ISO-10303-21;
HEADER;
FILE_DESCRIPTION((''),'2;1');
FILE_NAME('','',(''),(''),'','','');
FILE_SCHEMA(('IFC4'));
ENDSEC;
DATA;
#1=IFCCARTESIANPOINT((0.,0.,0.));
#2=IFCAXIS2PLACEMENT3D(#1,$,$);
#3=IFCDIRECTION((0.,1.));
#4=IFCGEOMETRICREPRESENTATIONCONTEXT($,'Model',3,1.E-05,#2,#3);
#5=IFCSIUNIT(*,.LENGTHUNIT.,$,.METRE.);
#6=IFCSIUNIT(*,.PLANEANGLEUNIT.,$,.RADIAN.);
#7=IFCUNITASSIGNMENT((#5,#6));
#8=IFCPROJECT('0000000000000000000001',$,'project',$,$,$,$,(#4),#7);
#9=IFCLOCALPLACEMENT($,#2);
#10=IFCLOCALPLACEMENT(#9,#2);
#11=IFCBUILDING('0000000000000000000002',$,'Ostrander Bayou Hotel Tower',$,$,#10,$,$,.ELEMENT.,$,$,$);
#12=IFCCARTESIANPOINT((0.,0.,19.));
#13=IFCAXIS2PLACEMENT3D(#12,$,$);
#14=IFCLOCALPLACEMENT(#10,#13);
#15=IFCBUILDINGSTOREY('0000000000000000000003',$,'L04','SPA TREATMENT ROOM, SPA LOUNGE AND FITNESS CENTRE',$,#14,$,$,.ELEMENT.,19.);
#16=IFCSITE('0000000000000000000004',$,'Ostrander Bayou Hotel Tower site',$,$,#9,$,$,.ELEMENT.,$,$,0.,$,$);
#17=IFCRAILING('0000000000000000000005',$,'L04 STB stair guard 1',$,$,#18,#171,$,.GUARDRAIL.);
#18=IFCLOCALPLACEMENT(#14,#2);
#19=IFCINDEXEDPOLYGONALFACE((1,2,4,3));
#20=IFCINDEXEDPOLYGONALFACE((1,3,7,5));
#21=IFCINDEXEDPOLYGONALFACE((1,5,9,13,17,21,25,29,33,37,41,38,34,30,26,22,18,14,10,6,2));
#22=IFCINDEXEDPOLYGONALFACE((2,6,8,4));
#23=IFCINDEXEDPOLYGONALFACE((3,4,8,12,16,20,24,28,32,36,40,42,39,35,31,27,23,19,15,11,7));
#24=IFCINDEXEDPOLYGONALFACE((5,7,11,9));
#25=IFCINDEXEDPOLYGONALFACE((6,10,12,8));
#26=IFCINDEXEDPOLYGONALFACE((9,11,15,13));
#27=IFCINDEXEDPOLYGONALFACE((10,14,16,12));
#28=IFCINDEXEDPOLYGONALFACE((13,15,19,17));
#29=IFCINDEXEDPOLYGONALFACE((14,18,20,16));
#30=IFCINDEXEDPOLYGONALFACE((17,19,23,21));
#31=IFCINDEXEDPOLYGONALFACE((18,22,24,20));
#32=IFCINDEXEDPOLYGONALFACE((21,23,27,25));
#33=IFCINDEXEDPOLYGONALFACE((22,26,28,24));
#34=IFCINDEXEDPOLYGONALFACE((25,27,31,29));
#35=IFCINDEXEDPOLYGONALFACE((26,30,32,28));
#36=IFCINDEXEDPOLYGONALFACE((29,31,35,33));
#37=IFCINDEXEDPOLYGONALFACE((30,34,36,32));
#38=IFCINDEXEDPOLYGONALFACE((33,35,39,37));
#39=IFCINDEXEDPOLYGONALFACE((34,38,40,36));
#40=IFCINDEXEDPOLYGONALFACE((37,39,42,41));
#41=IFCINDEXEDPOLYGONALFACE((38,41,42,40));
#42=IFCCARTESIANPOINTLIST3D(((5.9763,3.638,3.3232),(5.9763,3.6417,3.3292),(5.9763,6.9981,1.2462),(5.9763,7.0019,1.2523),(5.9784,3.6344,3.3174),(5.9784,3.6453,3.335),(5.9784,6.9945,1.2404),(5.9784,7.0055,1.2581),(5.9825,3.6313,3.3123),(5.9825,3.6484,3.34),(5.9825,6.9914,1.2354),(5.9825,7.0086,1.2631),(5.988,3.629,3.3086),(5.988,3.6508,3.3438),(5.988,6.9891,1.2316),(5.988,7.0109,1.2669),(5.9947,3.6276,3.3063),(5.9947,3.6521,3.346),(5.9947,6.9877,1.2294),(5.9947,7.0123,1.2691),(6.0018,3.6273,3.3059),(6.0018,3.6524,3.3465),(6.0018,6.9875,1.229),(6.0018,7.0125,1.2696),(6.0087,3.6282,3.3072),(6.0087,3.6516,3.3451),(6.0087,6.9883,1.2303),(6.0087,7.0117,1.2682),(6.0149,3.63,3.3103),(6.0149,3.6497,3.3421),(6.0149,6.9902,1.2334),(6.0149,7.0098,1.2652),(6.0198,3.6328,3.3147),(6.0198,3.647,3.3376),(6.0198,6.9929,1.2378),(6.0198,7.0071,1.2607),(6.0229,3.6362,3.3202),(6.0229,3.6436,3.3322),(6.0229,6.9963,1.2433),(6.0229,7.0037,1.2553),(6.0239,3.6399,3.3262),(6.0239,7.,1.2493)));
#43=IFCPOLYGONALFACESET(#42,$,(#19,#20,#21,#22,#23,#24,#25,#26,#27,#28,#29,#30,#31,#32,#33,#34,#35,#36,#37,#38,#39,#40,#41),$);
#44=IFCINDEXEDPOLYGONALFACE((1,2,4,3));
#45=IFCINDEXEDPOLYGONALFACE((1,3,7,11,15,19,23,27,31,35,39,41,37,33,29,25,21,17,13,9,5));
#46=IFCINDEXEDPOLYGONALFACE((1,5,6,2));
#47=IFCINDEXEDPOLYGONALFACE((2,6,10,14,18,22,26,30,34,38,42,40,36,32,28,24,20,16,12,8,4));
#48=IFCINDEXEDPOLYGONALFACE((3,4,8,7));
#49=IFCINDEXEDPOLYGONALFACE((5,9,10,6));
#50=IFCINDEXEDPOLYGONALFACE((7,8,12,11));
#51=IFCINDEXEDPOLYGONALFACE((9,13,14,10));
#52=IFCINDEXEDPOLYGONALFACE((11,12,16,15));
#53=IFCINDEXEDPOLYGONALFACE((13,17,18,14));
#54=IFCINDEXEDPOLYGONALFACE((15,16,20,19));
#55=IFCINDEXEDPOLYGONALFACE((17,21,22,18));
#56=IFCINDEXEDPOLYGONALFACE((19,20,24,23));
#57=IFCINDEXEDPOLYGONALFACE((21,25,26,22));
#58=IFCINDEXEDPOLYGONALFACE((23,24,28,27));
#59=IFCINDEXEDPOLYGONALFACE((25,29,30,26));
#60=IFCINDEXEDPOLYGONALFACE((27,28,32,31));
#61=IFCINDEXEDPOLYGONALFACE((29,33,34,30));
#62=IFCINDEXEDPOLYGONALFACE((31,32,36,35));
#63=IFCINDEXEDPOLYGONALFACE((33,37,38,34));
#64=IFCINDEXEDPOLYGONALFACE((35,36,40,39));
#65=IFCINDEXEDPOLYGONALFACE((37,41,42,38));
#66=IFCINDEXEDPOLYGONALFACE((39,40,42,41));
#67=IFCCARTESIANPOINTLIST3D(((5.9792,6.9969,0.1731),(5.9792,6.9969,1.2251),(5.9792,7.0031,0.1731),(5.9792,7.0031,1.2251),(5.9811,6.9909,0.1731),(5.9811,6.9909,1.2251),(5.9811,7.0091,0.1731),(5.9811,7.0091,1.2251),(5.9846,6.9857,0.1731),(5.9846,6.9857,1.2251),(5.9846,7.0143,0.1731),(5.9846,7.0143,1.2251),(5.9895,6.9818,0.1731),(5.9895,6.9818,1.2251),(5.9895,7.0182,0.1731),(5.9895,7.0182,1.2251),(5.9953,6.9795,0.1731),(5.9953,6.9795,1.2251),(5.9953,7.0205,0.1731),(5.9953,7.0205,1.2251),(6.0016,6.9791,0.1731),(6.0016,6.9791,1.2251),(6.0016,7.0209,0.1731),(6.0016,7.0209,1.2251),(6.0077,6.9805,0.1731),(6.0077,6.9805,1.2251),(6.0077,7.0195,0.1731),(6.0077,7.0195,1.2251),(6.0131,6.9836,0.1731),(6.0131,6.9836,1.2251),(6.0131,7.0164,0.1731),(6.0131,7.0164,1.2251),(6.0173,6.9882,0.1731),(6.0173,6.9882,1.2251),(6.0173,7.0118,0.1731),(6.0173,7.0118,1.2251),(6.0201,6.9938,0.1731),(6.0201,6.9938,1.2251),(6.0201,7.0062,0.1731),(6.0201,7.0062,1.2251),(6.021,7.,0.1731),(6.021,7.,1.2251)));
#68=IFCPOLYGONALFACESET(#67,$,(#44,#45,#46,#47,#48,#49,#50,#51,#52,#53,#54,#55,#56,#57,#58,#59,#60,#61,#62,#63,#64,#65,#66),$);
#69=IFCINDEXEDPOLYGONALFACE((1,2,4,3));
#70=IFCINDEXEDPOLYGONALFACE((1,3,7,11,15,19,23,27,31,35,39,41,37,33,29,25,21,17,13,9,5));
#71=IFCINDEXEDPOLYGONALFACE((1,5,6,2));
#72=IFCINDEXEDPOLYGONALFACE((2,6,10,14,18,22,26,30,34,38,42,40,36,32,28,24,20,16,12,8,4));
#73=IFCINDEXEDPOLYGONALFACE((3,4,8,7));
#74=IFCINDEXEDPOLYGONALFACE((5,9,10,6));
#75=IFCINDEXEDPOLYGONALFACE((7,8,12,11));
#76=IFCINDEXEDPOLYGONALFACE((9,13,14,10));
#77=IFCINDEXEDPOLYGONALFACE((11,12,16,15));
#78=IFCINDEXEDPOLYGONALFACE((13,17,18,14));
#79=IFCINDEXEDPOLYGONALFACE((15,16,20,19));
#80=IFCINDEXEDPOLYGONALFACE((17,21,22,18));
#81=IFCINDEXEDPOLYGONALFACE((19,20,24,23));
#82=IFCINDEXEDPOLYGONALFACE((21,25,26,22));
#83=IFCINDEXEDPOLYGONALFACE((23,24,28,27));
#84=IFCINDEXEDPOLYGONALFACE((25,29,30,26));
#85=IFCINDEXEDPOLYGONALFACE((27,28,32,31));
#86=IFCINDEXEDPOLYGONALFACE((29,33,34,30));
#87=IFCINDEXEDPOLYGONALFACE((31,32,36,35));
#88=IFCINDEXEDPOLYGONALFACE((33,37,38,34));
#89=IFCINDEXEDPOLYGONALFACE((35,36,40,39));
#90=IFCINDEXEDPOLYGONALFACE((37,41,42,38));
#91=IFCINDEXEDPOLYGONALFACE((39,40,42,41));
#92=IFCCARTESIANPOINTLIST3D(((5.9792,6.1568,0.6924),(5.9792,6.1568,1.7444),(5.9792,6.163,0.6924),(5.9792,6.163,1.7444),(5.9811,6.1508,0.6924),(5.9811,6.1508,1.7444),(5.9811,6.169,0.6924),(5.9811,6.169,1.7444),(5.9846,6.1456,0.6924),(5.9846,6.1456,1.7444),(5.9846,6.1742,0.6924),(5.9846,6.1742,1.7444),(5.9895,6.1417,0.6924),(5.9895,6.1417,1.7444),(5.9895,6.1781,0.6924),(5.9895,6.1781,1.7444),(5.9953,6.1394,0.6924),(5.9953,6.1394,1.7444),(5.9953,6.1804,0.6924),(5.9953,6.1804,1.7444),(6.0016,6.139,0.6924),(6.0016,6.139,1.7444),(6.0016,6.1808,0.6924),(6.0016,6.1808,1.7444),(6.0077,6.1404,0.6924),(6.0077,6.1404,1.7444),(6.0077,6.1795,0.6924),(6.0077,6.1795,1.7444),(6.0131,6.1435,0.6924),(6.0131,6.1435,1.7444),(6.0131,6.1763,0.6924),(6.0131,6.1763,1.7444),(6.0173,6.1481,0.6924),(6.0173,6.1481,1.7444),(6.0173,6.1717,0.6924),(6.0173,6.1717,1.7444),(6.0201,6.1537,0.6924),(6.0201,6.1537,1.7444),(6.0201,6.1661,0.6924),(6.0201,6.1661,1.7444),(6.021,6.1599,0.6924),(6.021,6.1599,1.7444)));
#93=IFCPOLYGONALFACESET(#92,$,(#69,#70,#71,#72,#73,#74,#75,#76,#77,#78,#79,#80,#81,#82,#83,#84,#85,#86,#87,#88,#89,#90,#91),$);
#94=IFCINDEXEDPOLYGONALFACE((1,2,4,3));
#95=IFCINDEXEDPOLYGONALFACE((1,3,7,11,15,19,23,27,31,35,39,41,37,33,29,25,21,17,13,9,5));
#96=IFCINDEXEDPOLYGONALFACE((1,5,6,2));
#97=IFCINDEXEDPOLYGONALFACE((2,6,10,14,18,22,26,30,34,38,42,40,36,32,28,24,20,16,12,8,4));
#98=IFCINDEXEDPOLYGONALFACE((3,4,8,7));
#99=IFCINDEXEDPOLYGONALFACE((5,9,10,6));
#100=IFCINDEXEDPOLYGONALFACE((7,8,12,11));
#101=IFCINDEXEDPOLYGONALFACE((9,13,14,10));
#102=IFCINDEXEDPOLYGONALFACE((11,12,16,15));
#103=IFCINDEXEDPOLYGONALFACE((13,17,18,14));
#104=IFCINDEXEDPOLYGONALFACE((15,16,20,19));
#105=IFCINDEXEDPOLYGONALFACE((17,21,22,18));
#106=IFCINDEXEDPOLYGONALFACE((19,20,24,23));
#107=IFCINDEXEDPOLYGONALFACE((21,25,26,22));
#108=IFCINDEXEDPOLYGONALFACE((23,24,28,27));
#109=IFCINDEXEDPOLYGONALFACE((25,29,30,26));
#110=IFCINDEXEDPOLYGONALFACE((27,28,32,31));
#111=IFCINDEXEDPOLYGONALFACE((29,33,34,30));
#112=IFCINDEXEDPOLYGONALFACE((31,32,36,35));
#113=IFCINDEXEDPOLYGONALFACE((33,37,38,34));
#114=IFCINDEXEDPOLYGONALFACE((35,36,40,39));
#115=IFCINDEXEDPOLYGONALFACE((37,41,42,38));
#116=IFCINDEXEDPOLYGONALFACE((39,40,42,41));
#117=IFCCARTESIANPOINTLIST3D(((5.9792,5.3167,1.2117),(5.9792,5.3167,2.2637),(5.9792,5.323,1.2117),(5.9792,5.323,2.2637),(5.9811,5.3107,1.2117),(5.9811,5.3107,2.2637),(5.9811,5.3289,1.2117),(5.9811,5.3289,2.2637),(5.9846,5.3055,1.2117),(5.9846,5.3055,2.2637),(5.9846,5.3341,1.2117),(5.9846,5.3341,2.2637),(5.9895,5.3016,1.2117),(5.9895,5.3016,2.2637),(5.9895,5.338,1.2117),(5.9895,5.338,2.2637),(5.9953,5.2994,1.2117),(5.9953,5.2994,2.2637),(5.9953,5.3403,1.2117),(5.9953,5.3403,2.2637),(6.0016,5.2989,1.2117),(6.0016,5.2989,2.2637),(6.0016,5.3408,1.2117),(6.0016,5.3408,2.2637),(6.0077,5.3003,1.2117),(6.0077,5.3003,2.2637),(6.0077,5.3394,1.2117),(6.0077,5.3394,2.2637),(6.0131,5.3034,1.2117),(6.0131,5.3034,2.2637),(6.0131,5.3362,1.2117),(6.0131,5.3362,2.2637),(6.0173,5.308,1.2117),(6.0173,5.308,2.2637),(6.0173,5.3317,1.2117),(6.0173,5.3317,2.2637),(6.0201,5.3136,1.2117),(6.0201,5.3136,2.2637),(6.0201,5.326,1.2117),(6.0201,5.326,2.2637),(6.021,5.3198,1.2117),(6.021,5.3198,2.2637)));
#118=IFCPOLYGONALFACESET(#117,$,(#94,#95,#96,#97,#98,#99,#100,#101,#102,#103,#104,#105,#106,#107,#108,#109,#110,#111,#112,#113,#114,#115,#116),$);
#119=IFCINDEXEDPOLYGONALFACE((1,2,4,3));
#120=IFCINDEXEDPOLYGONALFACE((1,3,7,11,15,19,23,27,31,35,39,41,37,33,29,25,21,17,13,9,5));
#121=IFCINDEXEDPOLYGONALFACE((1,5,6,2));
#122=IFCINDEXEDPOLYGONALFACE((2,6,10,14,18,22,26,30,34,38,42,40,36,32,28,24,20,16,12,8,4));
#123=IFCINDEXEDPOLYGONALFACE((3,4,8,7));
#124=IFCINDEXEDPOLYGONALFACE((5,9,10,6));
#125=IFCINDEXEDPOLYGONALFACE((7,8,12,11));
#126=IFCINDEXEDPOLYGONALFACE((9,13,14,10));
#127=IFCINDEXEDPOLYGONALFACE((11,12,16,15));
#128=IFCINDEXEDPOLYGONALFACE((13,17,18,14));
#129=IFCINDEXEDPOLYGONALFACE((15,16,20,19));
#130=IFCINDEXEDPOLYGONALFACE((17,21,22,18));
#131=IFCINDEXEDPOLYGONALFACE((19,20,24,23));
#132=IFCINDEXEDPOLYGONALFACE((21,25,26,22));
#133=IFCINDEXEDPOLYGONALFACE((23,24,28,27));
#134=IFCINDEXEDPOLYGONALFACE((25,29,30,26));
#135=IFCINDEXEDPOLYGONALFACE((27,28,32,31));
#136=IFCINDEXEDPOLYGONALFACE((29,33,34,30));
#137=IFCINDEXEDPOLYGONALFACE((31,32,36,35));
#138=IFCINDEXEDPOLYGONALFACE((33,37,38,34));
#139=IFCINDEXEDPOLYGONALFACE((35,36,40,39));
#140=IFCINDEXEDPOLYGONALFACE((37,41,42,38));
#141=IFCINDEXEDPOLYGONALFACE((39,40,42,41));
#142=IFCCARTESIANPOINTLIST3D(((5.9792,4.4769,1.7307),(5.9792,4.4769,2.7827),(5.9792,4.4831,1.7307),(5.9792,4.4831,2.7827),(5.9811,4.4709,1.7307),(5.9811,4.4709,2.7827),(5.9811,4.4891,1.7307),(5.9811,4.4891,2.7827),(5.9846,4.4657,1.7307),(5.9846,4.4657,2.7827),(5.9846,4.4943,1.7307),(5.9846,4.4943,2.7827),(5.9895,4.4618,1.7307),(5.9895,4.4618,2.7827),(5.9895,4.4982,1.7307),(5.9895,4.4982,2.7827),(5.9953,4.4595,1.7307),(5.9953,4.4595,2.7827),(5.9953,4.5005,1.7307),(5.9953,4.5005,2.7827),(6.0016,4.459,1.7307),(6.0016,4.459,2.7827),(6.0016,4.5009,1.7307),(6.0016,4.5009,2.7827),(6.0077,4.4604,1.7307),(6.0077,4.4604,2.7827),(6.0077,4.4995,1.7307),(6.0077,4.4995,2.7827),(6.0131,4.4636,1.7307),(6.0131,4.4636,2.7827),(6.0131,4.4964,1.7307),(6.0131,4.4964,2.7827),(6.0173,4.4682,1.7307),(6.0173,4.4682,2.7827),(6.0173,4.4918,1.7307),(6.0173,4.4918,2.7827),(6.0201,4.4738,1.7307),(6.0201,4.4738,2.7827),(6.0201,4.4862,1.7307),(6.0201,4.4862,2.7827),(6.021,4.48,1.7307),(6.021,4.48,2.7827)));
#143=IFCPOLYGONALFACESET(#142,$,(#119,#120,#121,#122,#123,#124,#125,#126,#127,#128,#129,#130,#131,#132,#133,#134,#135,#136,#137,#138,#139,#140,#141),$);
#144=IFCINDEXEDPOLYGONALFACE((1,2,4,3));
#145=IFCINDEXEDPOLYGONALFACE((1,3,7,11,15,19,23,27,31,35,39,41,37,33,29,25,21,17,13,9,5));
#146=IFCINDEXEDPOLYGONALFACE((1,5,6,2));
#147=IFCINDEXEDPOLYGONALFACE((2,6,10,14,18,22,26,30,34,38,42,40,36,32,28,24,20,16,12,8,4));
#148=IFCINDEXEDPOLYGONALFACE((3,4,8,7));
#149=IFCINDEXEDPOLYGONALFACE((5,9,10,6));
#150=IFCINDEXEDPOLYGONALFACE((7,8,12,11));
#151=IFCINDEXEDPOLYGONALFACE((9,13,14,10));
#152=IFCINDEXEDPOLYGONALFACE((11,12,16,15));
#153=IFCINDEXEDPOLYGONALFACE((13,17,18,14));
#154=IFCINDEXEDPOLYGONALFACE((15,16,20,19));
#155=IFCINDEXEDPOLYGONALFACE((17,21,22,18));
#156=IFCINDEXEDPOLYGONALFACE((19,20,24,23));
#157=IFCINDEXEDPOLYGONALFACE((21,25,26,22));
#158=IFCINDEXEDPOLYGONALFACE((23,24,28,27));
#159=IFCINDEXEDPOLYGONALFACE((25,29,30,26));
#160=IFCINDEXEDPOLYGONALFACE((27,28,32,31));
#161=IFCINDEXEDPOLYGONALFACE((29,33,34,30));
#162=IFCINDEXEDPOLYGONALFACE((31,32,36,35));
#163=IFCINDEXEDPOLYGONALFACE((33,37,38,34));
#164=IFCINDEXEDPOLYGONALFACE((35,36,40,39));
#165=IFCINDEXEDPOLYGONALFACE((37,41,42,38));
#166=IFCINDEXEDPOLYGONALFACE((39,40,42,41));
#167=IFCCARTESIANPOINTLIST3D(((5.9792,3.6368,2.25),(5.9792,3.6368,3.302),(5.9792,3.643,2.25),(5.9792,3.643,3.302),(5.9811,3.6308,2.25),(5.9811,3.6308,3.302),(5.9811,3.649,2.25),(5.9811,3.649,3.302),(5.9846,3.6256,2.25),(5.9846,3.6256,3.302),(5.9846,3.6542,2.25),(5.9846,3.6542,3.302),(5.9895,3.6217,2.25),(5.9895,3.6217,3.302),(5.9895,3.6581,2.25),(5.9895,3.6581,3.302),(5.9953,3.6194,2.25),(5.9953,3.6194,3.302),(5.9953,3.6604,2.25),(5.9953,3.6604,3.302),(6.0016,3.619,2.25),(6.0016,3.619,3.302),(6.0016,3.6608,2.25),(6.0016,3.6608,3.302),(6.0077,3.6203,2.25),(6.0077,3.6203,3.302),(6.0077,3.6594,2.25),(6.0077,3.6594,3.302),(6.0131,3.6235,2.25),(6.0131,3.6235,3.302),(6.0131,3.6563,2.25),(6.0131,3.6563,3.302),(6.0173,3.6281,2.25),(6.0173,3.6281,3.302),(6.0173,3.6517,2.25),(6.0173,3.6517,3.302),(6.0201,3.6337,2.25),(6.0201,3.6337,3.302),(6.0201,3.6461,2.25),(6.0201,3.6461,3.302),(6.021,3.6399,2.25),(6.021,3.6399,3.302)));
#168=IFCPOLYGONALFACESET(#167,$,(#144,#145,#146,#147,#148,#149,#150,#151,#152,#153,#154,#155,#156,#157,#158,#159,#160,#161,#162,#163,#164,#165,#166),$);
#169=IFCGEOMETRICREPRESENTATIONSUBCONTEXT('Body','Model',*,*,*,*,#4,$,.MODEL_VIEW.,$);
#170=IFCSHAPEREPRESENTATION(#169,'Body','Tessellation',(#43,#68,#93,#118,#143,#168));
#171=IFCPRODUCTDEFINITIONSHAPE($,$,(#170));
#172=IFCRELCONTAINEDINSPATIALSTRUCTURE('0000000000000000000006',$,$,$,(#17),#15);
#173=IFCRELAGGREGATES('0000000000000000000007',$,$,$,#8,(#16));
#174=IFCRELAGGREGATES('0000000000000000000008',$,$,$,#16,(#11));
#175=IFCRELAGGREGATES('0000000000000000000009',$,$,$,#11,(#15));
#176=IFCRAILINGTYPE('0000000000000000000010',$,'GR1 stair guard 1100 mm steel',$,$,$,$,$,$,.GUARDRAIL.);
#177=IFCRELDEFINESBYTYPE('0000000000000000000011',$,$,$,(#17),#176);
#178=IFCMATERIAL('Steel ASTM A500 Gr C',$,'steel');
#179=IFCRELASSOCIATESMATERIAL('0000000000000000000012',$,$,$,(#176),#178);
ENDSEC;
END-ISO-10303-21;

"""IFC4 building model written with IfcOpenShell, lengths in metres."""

from ifc_helpers import new_model, si_unit, direction, frame, origin, origin_2d, place, context, subcontext, project, spatial, circle, extrude, material, type_object, element, save


model = new_model("IFC4")

# Units and contexts
model_context = context("Model", 3, precision=1e-05, world=origin(), true_north=direction((0.0, 1.0)))
body_context = subcontext(model_context, "Body", "Model", "MODEL_VIEW")
ifc_project = project(units=[si_unit("LENGTHUNIT", "METRE"), si_unit("PLANEANGLEUNIT", "RADIAN")], contexts=[model_context])

# Site, building, storey
site_placement = place(None, origin())
site = spatial("IfcSite", under=ifc_project, at=site_placement, Name="Ostrander Bayou Hotel Tower site", CompositionType="ELEMENT", RefElevation=0.0)
building_placement = place(site_placement, origin())
building = spatial("IfcBuilding", under=site, at=building_placement, Name="Ostrander Bayou Hotel Tower", CompositionType="ELEMENT")
storey_placement = place(building_placement, frame((0.0, 0.0, 19.0)))
storey = spatial("IfcBuildingStorey", under=building, at=storey_placement, Name="L04", Description="SPA TREATMENT ROOM, SPA LOUNGE AND FITNESS CENTRE", CompositionType="ELEMENT", Elevation=19.0)

# Railing
ifc_material_1 = material(Name="Steel ASTM A500 Gr C", Category="steel")
railing_type_1 = type_object("IfcRailingType", Name="GR1 stair guard 1100 mm steel", PredefinedType="GUARDRAIL", material=ifc_material_1)
railing_1_placement = place(storey_placement, frame((6.0, 7.0, 0.1731)))
element("IfcRailing", 1, at=railing_1_placement, inside=storey, type_object=railing_type_1, Name="L04 STB stair guard 1", PredefinedType="GUARDRAIL", context=body_context, shape_type="SweptSolid", body=[
    extrude(circle(Radius=0.0239, at=origin_2d()), frame((0.0, 0.0, 1.0762), z_axis=(0.0, -0.850623, 0.525776), x_axis=(1.0, 0.0, 0.0)), (0.0, 0.0, 1.0), 3.9502),
    extrude(circle(Radius=0.021, at=origin_2d()), origin(), (0.0, 0.0, 1.0), 1.052),
    extrude(circle(Radius=0.021, at=origin_2d()), frame((0.0, -0.8401, 0.5193)), (0.0, 0.0, 1.0), 1.052),
    extrude(circle(Radius=0.021, at=origin_2d()), frame((0.0, -1.6802, 1.0386)), (0.0, 0.0, 1.0), 1.052),
    extrude(circle(Radius=0.021, at=origin_2d()), frame((0.0, -2.52, 1.5576)), (0.0, 0.0, 1.0), 1.052),
    extrude(circle(Radius=0.021, at=origin_2d()), frame((0.0, -3.3601, 2.0769)), (0.0, 0.0, 1.0), 1.052),
])

save(model, "model.ifc")
